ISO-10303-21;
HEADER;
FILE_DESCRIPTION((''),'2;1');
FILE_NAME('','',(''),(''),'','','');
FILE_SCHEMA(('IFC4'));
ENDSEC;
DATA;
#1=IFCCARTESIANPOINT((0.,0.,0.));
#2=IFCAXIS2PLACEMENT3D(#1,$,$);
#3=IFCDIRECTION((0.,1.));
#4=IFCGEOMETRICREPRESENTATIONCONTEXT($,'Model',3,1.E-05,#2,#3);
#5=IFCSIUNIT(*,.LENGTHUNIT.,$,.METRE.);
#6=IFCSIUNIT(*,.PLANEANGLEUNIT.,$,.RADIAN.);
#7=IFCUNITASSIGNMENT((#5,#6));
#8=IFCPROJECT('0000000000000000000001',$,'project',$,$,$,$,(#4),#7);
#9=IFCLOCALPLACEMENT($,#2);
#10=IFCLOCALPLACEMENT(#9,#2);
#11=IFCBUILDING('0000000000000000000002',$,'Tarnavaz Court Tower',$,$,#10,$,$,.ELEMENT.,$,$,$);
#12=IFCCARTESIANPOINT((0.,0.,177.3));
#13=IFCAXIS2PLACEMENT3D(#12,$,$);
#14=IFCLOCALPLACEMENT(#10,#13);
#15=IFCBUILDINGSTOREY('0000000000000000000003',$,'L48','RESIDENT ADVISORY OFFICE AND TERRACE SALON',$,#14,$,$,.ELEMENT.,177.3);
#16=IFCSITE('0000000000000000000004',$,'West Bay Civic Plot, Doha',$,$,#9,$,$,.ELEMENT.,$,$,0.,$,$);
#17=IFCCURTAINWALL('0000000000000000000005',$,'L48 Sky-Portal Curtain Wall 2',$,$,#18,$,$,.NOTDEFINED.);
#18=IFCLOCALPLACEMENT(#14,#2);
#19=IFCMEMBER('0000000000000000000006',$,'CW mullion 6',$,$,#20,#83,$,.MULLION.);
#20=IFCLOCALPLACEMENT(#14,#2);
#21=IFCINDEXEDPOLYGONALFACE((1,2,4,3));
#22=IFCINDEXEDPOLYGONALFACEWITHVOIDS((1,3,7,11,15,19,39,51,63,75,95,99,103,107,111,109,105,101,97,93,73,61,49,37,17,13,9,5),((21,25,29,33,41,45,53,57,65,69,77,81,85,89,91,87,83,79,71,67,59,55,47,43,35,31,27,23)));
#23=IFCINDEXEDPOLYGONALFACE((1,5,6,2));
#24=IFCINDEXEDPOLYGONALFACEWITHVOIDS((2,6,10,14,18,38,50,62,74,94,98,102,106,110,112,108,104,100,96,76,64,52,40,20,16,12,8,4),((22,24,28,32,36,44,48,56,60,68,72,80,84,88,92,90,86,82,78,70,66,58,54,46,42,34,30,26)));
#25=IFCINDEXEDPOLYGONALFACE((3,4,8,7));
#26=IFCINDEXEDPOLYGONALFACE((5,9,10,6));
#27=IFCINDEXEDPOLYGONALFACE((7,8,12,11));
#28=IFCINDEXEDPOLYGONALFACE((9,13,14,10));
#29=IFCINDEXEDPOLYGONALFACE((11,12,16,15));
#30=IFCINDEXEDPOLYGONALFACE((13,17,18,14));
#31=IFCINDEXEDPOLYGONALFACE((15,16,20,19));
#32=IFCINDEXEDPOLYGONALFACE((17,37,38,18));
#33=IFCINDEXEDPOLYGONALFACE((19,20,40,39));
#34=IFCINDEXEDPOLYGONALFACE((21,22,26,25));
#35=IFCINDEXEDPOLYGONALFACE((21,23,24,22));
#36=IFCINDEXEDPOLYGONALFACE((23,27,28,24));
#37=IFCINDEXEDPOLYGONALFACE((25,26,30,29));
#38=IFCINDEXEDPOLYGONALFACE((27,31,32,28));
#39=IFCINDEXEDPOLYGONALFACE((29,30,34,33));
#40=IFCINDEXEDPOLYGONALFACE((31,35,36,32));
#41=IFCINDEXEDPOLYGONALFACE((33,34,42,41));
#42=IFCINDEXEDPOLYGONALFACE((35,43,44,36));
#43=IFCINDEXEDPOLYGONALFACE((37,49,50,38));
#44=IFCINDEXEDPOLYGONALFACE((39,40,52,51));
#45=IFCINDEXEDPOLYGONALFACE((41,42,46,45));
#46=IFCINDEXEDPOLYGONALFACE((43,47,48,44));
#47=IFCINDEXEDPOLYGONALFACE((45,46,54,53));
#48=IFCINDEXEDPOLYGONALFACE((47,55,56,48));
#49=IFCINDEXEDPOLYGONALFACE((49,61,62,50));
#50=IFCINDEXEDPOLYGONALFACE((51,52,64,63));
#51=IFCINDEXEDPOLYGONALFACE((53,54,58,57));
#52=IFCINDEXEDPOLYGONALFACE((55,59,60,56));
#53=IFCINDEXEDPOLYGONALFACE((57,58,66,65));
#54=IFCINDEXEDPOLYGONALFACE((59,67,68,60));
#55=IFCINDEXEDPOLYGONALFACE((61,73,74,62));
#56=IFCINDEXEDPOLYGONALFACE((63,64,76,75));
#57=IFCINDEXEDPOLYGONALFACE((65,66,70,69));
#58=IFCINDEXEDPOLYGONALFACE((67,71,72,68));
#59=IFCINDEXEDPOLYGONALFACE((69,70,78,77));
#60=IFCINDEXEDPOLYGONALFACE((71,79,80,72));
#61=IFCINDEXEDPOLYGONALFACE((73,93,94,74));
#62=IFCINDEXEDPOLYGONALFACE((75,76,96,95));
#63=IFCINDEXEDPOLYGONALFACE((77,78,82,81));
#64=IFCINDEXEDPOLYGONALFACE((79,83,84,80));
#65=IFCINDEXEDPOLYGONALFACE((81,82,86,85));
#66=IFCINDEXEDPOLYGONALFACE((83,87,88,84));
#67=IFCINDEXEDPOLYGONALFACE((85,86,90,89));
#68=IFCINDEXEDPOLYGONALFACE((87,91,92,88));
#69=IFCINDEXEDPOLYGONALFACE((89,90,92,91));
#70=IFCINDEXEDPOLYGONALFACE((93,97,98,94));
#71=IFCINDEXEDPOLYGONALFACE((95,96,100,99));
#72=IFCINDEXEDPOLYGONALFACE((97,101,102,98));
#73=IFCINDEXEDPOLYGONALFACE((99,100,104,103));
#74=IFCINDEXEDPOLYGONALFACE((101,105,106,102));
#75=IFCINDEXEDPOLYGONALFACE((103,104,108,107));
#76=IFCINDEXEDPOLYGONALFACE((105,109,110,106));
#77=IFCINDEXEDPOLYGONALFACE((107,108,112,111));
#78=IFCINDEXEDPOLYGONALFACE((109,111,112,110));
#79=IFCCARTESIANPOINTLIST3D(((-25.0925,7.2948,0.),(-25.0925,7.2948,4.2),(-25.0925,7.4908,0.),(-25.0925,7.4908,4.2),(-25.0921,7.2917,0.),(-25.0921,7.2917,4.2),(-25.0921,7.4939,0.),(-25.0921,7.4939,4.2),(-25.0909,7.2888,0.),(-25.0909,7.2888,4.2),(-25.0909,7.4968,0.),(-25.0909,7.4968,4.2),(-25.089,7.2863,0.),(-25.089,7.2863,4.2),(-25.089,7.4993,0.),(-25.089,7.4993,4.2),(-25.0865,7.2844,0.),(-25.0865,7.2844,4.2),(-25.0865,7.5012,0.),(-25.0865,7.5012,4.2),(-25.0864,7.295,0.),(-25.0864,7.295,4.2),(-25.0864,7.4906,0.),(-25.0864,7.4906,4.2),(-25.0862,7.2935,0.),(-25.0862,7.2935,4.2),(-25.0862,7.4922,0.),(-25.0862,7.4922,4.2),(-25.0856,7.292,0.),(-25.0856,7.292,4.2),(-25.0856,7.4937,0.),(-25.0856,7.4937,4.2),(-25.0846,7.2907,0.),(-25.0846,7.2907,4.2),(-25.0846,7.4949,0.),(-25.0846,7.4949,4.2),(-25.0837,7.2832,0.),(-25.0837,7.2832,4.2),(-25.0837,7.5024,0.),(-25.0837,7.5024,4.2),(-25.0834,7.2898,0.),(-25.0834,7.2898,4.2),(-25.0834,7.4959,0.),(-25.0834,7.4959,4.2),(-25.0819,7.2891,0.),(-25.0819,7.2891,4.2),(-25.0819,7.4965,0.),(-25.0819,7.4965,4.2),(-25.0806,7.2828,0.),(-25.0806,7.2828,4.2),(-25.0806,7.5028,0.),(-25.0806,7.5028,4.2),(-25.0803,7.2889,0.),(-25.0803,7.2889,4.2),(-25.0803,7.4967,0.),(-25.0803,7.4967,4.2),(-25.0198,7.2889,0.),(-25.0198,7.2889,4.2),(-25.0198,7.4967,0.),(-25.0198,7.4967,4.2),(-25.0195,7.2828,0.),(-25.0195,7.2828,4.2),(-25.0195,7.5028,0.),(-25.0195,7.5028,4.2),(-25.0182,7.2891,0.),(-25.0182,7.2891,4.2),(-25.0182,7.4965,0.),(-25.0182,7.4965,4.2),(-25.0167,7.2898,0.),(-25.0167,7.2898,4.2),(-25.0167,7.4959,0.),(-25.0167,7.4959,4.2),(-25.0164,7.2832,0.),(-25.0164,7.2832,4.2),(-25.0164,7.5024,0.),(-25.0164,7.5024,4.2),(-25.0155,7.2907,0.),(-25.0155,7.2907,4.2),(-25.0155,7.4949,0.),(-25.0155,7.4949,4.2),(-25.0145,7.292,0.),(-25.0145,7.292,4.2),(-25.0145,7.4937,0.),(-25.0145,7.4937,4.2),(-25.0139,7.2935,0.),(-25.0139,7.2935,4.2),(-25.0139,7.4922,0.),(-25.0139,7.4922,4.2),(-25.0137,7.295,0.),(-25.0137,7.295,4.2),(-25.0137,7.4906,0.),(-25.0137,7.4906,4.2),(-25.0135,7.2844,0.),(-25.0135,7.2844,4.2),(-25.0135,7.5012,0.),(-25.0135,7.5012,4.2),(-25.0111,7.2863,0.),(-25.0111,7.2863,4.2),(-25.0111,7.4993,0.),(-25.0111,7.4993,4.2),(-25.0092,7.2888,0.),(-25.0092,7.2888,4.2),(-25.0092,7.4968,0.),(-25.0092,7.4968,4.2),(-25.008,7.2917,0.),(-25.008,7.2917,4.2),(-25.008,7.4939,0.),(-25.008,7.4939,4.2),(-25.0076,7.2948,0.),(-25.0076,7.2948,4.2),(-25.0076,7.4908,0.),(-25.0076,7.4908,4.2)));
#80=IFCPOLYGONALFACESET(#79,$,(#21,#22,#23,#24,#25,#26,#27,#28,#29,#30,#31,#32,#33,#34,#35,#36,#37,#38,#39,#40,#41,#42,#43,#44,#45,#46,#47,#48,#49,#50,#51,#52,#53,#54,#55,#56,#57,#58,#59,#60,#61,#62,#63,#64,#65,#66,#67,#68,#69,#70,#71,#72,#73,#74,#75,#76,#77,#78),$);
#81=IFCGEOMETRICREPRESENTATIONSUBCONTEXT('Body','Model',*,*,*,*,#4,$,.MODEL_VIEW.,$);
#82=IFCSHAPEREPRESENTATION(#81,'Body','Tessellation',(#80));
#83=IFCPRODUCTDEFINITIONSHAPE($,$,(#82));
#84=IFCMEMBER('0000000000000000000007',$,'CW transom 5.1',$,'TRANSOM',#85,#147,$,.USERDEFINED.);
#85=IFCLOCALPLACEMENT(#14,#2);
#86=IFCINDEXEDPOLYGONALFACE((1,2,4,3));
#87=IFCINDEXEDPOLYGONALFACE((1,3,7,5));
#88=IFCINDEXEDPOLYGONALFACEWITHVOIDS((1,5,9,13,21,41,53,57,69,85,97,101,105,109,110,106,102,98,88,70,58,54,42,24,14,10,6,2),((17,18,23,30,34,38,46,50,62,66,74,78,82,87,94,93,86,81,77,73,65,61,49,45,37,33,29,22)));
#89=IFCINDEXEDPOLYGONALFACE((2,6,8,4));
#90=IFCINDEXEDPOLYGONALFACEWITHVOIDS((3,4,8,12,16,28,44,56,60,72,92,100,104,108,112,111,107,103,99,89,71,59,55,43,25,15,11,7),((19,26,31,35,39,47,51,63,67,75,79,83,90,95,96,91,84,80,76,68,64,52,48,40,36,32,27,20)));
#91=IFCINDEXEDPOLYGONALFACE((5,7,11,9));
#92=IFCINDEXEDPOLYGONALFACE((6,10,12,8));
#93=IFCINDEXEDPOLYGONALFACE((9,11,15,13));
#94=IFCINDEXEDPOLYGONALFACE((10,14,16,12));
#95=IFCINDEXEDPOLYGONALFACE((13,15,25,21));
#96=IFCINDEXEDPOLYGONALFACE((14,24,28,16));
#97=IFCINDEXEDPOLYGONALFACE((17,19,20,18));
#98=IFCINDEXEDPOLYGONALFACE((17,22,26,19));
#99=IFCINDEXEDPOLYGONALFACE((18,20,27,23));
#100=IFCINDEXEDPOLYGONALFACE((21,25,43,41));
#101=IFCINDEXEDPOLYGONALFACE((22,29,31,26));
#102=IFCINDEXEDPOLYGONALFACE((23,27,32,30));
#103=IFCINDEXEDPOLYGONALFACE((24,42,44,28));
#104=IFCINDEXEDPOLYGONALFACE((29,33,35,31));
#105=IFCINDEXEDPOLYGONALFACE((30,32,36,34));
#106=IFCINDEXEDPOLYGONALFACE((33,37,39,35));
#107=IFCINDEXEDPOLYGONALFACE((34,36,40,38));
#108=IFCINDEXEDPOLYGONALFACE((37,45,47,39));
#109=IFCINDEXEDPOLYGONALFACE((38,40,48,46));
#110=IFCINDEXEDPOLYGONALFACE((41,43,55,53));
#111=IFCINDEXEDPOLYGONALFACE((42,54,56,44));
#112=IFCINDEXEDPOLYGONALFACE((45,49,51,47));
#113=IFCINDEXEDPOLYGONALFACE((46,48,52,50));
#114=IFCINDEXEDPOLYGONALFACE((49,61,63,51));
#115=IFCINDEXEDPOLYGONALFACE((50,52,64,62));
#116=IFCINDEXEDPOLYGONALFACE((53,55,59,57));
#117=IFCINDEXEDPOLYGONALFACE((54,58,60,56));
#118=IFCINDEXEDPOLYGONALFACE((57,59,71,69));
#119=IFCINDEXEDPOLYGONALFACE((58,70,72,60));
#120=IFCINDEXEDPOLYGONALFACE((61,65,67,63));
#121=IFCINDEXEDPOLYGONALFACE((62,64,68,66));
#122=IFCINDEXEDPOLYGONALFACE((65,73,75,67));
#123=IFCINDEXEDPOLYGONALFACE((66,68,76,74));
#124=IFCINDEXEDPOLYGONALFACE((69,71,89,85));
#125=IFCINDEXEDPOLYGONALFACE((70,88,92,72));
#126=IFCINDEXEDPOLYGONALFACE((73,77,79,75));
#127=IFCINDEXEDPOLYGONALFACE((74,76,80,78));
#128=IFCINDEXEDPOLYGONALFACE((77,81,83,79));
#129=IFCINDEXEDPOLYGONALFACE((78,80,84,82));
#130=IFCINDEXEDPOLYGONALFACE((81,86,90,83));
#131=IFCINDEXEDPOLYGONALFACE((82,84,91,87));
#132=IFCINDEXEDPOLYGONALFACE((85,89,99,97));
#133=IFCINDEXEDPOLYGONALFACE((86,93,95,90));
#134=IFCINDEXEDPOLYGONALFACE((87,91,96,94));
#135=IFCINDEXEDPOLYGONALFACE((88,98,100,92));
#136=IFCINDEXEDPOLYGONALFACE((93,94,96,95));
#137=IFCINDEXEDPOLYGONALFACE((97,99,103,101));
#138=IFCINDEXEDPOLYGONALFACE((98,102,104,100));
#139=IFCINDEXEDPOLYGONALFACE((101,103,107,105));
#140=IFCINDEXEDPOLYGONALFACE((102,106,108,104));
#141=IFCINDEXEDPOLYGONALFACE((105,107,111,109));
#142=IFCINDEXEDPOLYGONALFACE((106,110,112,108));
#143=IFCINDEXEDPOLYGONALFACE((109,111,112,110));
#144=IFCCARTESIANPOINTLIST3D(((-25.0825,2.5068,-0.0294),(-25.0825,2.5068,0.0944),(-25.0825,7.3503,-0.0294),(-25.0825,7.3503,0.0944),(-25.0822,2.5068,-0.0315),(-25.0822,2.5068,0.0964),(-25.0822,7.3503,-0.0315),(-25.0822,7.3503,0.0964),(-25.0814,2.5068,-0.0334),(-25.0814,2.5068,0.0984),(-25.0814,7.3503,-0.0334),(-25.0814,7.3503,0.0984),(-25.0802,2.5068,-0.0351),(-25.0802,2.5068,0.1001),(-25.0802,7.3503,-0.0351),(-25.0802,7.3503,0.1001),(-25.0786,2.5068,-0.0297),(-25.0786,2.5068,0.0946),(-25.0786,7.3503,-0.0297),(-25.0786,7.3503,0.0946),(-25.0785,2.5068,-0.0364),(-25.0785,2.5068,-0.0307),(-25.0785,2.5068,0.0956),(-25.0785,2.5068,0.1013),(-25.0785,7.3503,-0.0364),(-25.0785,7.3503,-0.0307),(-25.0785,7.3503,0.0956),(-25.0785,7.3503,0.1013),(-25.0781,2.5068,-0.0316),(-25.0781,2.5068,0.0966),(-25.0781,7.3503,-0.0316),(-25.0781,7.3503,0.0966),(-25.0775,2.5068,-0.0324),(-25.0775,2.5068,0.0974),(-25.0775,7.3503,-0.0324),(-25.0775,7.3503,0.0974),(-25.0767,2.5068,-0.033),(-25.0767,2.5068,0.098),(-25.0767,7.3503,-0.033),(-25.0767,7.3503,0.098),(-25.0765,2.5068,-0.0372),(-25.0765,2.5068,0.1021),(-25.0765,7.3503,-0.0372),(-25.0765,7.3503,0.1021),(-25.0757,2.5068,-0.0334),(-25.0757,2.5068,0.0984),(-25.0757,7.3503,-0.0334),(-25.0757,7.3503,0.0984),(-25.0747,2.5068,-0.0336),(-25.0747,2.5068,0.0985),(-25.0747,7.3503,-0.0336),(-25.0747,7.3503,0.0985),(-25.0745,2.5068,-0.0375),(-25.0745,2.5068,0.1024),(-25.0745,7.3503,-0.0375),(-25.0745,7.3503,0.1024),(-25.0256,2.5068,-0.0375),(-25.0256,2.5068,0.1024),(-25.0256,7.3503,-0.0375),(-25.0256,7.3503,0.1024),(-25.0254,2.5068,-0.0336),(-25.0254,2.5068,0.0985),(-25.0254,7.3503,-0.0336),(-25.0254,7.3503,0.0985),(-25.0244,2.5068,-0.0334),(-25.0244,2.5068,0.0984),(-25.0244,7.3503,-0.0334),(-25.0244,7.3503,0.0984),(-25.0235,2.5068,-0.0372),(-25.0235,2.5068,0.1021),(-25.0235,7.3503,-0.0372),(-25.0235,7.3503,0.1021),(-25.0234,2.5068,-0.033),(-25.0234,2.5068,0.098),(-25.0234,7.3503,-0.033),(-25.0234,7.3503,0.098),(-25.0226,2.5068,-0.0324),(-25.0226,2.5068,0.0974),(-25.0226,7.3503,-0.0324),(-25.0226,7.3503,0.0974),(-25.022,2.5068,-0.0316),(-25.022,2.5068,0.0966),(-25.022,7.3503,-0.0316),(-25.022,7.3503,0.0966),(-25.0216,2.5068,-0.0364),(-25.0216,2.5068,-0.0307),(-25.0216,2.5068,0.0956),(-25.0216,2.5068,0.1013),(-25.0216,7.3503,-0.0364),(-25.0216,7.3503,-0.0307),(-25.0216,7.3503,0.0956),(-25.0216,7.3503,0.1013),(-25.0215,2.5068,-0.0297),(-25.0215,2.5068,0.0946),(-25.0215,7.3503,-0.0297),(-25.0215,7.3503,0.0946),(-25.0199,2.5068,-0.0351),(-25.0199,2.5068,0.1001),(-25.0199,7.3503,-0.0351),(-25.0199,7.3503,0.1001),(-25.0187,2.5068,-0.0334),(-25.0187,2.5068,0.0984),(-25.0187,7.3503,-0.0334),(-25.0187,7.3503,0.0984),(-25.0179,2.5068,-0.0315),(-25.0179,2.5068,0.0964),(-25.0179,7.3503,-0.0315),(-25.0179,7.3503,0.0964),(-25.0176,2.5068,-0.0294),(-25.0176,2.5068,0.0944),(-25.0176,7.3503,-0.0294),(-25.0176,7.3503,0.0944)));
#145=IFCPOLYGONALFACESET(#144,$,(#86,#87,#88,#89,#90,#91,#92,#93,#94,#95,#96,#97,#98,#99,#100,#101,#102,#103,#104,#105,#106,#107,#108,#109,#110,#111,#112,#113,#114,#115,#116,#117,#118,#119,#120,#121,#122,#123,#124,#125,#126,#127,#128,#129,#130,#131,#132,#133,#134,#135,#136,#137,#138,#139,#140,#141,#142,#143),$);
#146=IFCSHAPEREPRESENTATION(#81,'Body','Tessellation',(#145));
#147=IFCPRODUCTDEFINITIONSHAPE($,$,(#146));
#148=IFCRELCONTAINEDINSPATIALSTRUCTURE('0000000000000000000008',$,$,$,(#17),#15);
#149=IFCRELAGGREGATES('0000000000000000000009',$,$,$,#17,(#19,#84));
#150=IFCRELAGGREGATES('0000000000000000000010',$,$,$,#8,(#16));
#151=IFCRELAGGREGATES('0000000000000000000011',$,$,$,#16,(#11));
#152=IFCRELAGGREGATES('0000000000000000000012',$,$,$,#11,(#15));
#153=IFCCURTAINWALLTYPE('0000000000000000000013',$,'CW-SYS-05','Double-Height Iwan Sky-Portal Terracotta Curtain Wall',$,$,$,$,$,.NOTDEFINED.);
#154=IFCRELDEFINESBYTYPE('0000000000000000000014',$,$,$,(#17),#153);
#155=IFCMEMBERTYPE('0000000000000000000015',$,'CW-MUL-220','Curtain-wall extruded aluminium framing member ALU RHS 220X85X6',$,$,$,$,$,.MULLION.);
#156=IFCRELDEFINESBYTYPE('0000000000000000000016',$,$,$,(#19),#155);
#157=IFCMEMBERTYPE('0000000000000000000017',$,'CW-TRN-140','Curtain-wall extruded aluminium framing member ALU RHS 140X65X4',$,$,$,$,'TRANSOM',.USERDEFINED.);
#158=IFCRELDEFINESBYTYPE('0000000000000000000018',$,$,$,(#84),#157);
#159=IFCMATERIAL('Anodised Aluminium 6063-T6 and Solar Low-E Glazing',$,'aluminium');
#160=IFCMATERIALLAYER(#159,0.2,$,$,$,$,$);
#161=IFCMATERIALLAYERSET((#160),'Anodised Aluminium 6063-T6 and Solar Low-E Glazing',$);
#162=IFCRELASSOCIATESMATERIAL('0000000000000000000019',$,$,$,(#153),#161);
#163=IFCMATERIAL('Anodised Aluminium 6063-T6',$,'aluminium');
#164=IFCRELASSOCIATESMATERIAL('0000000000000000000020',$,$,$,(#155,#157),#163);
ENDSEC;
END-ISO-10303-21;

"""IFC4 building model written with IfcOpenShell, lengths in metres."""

from ifc_helpers import new_model, si_unit, direction, frame, origin, origin_2d, place, context, subcontext, project, spatial, hollow_rectangle, extrude, material, layer, layer_set, material_profile, profile_set, type_object, element, aggregate, save


model = new_model("IFC4")

# Units and contexts
model_context = context("Model", 3, precision=1e-05, world=origin(), true_north=direction((0.0, 1.0)))
body_context = subcontext(model_context, "Body", "Model", "MODEL_VIEW")
ifc_project = project(units=[si_unit("LENGTHUNIT", "METRE"), si_unit("PLANEANGLEUNIT", "RADIAN")], contexts=[model_context])

# Site, building, storey
site_placement = place(None, origin())
site = spatial("IfcSite", under=ifc_project, at=site_placement, Name="West Bay Civic Plot, Doha", CompositionType="ELEMENT", RefElevation=0.0)
building_placement = place(site_placement, origin())
building = spatial("IfcBuilding", under=site, at=building_placement, Name="Tarnavaz Court Tower", CompositionType="ELEMENT")
storey_placement = place(building_placement, frame((0.0, 0.0, 177.3)))
storey = spatial("IfcBuildingStorey", under=building, at=storey_placement, Name="L48", Description="RESIDENT ADVISORY OFFICE AND TERRACE SALON", CompositionType="ELEMENT", Elevation=177.3)

# Curtain wall, members
ifc_material_1 = material(Name="Anodised Aluminium 6063-T6 and Solar Low-E Glazing", Category="aluminium")
ifc_layer_1 = layer(ifc_material_1, 0.2)
ifc_layer_set_1 = layer_set([ifc_layer_1], Name="Anodised Aluminium 6063-T6 and Solar Low-E Glazing")
curtain_wall_type = type_object("IfcCurtainWallType", Name="CW-SYS-05", Description="Double-Height Iwan Sky-Portal Terracotta Curtain Wall", PredefinedType="NOTDEFINED", material=ifc_layer_set_1)
curtain_wall_placement = place(storey_placement, origin())
curtain_wall = element("IfcCurtainWall", 1, at=curtain_wall_placement, inside=storey, type_object=curtain_wall_type, Name="L48 Sky-Portal Curtain Wall 2", PredefinedType="NOTDEFINED")
ifc_material_2 = material(Name="Anodised Aluminium 6063-T6", Category="aluminium")
ifc_material_profile_1 = material_profile(ifc_material_2, hollow_rectangle(XDim=0.085, YDim=0.22, WallThickness=0.0061, InnerFilletRadius=0.0061, OuterFilletRadius=0.012, at=origin_2d()), Name="ALU RHS 220X85X6")
ifc_profile_set_1 = profile_set([ifc_material_profile_1], Name="Anodised Aluminium 6063-T6")
member_type_1 = type_object("IfcMemberType", Name="CW-MUL-220", Description="Curtain-wall extruded aluminium framing member ALU RHS 220X85X6", PredefinedType="MULLION", material=ifc_profile_set_1)
member_1_placement = place(storey_placement, frame((-25.05, 7.3928, 0.0), z_axis=(0.0, 0.0, 1.0), x_axis=(-1.0, 0.0, 0.0)))
member_1 = element("IfcMember", 2, at=member_1_placement, type_object=member_type_1, Name="CW mullion 6", PredefinedType="MULLION", context=body_context, shape_type="SweptSolid", body=[
    extrude(hollow_rectangle(XDim=0.085, YDim=0.22, WallThickness=0.0061, InnerFilletRadius=0.0061, OuterFilletRadius=0.012, at=origin_2d()), origin(), (0.0, 0.0, 1.0), 4.2),
])
ifc_material_profile_2 = material_profile(ifc_material_2, hollow_rectangle(XDim=0.0649, YDim=0.1399, WallThickness=0.0039, InnerFilletRadius=0.0039, OuterFilletRadius=0.0081, at=origin_2d()), Name="ALU RHS 140X65X4")
ifc_profile_set_2 = profile_set([ifc_material_profile_2], Name="Anodised Aluminium 6063-T6")
member_type_2 = type_object("IfcMemberType", Name="CW-TRN-140", Description="Curtain-wall extruded aluminium framing member ALU RHS 140X65X4", ElementType="TRANSOM", PredefinedType="USERDEFINED", material=ifc_profile_set_2)
member_2_placement = place(storey_placement, frame((-25.05, 2.5068, 0.0325), z_axis=(0.0, 1.0, 0.0), x_axis=(-1.0, 0.0, 0.0)))
member_2 = element("IfcMember", 3, at=member_2_placement, type_object=member_type_2, Name="CW transom 5.1", ObjectType="TRANSOM", PredefinedType="USERDEFINED", context=body_context, shape_type="SweptSolid", body=[
    extrude(hollow_rectangle(XDim=0.0649, YDim=0.1399, WallThickness=0.0039, InnerFilletRadius=0.0039, OuterFilletRadius=0.0081, at=origin_2d()), origin(), (0.0, 0.0, 1.0), 4.8435),
])
aggregate(curtain_wall, [member_1, member_2])

save(model, "model.ifc")
